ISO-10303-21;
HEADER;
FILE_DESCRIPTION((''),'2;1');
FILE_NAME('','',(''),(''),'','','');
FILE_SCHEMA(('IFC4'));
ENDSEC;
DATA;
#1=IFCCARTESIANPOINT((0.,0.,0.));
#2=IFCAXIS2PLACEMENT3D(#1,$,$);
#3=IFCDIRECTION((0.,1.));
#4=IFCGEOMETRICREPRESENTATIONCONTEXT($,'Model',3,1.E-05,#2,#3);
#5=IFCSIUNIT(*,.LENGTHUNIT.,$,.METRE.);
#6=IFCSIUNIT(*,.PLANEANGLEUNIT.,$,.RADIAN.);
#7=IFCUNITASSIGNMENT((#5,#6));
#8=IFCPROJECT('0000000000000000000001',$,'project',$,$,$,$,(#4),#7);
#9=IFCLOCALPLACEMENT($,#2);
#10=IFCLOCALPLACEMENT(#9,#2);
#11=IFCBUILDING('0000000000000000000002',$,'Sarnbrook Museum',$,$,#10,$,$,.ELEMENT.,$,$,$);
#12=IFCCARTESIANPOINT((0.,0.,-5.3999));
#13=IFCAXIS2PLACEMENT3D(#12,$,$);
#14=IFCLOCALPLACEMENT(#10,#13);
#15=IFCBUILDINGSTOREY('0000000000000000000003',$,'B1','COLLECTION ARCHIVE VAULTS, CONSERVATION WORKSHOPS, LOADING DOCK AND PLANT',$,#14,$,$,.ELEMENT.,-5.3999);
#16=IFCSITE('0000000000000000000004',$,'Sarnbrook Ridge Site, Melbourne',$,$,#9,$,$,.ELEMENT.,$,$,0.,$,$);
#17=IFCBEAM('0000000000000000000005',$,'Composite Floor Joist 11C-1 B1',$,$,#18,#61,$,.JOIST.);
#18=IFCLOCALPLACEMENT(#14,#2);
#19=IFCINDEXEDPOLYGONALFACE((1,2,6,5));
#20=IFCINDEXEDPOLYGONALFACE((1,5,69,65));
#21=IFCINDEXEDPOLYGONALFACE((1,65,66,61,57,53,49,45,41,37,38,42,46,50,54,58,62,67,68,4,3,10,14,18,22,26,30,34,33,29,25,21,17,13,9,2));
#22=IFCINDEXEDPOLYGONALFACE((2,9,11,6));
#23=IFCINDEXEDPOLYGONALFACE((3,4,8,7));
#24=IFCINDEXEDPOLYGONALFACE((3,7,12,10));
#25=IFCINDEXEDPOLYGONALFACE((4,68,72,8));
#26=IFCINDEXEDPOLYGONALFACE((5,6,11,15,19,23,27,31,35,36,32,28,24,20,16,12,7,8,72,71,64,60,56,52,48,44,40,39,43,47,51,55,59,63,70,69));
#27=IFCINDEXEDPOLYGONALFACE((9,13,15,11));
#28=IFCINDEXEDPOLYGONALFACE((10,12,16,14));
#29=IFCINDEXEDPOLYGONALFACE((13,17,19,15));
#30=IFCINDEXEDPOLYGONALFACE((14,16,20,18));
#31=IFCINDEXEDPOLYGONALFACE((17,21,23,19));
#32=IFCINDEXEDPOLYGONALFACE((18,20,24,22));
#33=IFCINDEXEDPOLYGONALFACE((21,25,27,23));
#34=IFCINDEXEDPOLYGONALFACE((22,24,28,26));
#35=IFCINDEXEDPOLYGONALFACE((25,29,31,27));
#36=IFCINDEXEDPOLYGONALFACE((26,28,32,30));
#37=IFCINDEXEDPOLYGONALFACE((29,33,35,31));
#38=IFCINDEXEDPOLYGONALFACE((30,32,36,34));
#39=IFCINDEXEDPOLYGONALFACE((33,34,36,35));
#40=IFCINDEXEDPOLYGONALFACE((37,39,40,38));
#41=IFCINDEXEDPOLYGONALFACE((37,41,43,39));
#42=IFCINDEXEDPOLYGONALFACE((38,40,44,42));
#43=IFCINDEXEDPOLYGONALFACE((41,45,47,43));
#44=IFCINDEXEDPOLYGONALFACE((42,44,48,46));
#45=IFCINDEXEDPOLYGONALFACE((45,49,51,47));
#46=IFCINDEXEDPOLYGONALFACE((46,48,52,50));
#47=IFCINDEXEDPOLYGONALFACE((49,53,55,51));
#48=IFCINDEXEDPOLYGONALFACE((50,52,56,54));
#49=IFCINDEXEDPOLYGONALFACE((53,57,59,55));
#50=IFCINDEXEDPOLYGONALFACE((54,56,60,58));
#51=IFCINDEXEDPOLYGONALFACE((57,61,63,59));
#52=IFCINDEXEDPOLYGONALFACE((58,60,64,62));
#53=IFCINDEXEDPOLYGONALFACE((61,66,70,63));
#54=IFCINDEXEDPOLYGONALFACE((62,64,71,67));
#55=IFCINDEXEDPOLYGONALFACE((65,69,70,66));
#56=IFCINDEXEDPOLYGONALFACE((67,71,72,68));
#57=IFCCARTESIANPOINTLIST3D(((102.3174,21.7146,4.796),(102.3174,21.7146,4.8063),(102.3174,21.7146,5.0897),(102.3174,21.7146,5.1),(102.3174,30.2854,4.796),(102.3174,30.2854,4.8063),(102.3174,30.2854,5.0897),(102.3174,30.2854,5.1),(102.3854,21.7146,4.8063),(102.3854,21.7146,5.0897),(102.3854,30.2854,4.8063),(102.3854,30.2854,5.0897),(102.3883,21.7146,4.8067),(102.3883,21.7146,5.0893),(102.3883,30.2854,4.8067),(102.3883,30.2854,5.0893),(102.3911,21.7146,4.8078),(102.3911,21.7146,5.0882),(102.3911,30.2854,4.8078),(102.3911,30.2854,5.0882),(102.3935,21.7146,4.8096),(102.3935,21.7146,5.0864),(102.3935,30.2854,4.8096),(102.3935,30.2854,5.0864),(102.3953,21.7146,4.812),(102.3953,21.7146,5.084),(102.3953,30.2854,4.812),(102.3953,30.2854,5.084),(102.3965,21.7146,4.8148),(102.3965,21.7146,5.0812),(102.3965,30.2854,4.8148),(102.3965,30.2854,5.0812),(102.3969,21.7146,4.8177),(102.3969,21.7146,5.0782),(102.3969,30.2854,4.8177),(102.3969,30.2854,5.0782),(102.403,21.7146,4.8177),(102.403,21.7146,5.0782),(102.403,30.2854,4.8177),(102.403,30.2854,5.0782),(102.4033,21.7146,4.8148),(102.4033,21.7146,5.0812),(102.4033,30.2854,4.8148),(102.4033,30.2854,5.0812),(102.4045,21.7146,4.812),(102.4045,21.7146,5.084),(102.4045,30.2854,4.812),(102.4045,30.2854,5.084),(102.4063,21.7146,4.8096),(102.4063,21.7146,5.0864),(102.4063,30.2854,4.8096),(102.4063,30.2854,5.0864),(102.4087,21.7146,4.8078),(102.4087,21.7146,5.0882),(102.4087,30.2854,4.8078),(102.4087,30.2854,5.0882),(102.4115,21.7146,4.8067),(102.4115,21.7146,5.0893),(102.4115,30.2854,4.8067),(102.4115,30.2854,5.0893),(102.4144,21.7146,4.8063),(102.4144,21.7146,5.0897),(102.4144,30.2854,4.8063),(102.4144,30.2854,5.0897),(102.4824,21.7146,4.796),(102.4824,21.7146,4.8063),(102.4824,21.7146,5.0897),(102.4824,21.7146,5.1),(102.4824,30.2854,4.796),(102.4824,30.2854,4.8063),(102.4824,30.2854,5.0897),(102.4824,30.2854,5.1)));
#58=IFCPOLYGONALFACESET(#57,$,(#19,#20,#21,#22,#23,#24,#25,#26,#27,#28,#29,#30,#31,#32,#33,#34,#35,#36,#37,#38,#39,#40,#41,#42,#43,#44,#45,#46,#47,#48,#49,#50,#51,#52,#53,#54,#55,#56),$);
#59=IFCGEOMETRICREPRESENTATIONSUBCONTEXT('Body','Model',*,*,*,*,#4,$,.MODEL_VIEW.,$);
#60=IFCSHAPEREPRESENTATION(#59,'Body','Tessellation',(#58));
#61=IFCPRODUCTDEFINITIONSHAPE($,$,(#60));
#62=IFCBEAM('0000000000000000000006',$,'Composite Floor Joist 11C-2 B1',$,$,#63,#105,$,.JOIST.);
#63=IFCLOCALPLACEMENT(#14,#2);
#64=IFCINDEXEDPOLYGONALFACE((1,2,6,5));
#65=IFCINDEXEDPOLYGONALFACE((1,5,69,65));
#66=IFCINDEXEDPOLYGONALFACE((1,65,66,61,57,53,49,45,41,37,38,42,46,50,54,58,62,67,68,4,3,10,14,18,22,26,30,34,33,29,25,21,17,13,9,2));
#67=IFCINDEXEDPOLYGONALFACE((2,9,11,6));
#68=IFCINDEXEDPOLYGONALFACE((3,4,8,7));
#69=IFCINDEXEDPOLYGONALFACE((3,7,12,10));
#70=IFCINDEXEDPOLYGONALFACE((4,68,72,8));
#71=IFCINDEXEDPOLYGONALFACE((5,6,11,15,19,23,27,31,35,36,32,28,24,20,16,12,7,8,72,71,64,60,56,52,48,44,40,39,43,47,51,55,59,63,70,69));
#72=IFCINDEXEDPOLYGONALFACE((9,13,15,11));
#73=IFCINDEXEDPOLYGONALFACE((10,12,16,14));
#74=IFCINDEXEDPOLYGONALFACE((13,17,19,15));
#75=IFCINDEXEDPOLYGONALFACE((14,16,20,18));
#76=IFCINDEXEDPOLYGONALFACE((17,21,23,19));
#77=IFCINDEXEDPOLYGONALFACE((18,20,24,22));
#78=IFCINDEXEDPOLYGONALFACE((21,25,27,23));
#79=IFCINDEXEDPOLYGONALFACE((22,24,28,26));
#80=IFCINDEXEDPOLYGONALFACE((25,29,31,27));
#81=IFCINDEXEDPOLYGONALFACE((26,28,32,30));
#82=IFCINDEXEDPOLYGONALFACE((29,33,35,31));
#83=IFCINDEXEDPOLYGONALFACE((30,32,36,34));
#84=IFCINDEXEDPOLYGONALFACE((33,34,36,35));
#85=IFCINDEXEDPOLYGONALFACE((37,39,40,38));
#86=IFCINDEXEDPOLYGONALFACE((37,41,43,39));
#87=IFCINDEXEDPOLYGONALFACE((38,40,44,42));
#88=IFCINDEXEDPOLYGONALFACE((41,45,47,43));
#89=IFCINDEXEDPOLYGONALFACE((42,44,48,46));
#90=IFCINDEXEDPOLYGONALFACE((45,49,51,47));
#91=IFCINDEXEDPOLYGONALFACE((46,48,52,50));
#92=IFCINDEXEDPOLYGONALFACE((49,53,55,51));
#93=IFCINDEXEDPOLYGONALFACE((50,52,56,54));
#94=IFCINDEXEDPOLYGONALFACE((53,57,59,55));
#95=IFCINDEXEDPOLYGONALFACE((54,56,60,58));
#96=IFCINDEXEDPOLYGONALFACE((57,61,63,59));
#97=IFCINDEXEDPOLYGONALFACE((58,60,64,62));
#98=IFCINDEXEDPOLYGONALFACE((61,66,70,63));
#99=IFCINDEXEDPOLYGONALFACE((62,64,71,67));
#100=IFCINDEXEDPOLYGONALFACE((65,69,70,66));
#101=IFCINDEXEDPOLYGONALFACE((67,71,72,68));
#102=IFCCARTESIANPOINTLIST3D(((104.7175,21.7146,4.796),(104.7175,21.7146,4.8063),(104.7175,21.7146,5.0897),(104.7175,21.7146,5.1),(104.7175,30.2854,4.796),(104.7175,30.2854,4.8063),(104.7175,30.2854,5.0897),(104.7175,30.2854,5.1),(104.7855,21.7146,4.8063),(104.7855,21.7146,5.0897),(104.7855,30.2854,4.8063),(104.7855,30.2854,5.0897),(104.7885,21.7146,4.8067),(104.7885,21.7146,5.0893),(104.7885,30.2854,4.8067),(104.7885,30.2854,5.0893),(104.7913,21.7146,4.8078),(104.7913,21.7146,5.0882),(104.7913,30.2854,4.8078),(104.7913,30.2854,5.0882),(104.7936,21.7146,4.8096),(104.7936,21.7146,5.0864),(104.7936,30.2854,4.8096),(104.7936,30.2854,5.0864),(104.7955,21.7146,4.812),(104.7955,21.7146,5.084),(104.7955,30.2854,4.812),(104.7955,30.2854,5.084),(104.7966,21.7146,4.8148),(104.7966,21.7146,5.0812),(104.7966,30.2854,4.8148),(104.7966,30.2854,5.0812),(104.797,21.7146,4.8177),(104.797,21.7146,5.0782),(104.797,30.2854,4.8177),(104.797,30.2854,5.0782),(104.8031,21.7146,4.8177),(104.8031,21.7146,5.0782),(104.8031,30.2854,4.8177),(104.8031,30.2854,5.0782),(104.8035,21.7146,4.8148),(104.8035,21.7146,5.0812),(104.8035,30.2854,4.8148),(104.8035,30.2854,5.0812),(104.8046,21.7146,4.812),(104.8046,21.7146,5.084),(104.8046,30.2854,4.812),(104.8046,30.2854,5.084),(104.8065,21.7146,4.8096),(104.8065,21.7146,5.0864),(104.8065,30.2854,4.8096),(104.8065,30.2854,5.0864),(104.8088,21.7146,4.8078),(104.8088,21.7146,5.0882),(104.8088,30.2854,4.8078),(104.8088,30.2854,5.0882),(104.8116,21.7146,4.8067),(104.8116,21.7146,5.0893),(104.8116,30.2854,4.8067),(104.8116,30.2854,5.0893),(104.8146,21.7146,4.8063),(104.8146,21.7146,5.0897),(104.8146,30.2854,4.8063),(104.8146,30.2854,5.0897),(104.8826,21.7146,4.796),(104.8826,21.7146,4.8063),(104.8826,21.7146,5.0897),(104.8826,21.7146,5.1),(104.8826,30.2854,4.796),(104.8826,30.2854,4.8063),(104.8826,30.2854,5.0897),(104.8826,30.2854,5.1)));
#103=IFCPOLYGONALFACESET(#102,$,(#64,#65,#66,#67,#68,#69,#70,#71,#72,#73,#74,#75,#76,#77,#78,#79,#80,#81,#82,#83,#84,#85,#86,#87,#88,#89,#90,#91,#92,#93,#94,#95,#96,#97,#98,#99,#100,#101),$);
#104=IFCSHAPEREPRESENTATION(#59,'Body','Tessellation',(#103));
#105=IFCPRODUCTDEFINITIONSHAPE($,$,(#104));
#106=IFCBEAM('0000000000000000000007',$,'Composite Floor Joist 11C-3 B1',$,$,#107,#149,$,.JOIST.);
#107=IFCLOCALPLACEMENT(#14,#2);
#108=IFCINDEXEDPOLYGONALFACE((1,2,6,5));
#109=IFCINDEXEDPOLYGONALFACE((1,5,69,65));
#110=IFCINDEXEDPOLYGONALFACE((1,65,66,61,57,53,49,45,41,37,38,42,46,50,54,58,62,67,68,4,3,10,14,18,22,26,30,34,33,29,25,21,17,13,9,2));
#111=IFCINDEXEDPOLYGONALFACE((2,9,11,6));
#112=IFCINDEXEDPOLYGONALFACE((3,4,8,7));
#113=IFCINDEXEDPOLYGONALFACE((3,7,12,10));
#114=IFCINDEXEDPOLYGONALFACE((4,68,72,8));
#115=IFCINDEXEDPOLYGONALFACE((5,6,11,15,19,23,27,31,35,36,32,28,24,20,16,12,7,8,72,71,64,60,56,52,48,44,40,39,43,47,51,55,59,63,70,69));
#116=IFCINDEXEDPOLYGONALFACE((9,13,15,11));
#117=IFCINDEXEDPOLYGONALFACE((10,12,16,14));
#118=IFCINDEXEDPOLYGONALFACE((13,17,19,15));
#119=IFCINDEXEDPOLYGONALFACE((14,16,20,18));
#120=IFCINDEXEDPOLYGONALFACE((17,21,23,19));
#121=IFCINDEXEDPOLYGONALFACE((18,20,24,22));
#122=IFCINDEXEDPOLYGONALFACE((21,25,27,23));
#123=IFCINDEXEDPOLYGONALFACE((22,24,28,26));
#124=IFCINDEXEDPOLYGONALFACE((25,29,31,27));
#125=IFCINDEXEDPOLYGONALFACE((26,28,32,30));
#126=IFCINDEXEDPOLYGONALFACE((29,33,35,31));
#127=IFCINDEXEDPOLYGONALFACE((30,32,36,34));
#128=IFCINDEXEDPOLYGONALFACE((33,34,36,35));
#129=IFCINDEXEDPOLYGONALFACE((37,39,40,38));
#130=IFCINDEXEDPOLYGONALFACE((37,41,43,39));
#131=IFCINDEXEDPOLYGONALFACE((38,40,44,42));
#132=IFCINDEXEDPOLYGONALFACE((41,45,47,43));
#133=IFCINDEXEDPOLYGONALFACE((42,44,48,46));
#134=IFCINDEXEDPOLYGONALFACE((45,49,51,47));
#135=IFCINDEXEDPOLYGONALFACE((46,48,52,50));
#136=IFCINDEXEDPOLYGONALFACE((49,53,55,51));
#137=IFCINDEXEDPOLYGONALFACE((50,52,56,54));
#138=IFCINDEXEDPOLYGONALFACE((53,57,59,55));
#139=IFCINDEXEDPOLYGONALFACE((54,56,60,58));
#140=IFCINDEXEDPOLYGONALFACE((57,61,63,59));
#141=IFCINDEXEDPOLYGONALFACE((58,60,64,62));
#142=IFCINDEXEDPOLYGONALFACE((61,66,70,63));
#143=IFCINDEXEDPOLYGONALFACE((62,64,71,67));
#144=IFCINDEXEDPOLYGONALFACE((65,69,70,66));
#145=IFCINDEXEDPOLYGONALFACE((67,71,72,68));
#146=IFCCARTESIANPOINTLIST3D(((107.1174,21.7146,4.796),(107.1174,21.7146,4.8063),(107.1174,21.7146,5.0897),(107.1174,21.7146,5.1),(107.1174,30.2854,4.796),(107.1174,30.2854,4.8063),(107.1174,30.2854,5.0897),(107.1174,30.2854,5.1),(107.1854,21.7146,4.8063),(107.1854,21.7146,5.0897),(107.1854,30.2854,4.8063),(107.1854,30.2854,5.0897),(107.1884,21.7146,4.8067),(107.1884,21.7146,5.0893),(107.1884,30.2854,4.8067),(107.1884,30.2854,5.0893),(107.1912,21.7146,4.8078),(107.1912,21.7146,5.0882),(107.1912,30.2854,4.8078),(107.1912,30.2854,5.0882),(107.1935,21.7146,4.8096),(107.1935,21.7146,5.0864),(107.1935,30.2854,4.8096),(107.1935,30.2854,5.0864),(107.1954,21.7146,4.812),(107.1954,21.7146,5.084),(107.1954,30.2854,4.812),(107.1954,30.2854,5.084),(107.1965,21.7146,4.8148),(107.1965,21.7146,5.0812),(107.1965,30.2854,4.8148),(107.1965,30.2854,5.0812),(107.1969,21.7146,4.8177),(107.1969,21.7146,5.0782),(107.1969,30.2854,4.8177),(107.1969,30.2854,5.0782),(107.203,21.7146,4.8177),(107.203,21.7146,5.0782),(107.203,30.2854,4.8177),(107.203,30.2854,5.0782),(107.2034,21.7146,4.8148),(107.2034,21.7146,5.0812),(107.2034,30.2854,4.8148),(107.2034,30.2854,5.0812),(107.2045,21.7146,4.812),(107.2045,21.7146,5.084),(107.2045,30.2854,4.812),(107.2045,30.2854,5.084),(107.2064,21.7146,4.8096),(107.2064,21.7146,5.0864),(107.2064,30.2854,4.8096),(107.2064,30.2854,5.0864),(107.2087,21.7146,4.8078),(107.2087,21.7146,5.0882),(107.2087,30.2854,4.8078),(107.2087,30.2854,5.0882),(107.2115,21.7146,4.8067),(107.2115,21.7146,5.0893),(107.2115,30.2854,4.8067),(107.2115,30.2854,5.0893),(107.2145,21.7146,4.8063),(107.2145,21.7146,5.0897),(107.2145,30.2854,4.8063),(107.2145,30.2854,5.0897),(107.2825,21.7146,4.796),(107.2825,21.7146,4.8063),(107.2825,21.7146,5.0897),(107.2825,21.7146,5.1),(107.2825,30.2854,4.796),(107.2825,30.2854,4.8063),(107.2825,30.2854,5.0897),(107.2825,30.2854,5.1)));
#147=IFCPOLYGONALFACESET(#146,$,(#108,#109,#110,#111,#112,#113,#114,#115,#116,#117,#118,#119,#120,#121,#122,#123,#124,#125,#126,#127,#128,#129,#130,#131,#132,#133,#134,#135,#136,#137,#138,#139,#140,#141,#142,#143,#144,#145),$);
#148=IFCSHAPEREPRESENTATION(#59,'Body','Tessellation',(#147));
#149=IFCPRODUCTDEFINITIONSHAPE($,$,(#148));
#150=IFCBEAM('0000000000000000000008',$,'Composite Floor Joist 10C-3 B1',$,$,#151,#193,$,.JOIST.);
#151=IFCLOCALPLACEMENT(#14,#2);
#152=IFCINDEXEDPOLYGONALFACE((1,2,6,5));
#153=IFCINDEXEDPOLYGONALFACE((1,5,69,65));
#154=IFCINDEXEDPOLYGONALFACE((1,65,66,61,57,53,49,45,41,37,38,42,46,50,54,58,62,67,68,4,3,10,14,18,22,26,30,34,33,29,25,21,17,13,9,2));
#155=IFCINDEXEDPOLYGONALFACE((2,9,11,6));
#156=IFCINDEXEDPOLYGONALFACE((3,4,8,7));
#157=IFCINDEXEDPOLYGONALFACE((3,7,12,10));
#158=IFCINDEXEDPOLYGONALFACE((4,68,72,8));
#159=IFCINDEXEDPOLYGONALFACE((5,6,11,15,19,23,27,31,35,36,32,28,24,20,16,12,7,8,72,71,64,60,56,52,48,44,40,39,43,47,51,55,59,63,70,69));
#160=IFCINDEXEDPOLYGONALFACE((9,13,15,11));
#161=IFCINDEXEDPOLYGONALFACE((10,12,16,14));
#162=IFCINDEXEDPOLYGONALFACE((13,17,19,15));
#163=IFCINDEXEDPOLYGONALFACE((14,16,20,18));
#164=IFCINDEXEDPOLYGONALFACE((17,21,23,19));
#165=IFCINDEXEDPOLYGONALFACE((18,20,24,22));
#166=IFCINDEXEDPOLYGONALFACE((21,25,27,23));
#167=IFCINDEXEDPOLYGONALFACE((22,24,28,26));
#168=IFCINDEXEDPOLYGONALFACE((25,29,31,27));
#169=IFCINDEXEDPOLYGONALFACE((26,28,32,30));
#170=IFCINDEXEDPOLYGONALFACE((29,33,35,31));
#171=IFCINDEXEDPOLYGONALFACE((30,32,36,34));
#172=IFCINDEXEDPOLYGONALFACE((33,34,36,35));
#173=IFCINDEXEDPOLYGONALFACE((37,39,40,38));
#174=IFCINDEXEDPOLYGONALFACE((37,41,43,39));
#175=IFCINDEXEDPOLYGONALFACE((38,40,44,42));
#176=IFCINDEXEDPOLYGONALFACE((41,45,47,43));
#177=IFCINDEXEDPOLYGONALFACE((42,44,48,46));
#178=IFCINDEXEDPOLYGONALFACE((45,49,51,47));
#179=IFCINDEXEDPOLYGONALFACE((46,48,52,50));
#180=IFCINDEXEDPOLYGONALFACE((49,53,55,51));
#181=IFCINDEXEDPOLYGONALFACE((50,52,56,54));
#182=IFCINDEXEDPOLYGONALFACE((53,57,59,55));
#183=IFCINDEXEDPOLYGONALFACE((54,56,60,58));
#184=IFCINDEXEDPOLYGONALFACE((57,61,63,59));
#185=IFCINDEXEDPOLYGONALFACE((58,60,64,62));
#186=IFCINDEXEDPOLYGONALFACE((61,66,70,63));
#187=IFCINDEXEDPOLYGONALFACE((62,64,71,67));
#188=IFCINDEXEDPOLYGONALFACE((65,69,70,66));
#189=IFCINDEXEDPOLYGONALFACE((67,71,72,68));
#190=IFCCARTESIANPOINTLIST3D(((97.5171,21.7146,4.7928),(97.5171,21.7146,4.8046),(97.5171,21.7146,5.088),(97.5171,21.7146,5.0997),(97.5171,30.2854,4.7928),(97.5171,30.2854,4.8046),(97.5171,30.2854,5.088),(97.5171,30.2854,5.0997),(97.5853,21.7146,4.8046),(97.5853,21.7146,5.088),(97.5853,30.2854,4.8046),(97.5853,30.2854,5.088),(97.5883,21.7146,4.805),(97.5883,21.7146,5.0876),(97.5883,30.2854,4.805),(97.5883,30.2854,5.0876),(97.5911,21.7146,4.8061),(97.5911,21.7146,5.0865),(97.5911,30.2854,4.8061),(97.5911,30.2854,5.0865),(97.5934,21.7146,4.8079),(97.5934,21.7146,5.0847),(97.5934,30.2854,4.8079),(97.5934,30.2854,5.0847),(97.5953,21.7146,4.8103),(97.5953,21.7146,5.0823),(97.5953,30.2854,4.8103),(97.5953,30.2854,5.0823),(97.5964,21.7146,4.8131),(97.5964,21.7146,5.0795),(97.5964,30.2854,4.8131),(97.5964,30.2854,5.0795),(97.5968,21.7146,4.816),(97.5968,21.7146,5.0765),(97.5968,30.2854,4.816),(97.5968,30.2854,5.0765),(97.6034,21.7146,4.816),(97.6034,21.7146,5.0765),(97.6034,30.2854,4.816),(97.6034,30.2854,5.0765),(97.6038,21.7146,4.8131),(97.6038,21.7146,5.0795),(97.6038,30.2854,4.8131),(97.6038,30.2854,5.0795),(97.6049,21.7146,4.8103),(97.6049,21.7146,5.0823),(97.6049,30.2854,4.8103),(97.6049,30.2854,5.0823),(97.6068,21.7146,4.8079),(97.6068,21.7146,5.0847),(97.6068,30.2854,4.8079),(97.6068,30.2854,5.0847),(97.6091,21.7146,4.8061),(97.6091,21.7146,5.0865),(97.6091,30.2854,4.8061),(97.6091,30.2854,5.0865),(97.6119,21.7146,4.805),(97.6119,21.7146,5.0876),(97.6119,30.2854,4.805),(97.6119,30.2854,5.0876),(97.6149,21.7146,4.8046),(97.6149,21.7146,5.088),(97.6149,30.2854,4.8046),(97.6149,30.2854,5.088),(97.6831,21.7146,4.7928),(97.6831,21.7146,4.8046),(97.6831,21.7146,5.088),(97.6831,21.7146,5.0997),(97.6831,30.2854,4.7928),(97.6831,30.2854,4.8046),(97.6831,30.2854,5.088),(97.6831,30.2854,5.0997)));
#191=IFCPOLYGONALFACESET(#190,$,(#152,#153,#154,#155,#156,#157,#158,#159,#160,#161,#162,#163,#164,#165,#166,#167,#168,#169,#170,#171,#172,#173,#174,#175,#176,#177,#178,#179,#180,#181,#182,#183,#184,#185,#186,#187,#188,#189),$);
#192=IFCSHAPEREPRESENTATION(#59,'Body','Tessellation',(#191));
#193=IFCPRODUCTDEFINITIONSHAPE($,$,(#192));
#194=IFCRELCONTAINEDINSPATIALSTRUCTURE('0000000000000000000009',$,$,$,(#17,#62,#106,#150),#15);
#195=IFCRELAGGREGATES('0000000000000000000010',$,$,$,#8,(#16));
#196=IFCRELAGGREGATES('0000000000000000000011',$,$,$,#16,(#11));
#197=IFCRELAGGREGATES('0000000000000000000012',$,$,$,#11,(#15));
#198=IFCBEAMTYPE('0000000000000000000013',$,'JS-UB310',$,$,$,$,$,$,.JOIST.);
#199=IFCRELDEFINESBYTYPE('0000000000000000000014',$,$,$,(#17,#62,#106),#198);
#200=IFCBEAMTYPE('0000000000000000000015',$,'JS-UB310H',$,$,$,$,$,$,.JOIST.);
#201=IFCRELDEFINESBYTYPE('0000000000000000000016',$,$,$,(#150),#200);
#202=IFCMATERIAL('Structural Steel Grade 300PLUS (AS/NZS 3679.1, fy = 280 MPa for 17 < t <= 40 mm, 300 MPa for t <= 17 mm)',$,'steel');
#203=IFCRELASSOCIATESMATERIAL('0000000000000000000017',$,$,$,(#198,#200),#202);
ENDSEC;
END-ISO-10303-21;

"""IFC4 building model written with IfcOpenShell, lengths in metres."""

from ifc_helpers import new_model, si_unit, direction, frame, origin, origin_2d, place, context, subcontext, project, spatial, i_section, extrude, material, material_profile, profile_set, type_object, element, save


model = new_model("IFC4")

# Units and contexts
model_context = context("Model", 3, precision=1e-05, world=origin(), true_north=direction((0.0, 1.0)))
body_context = subcontext(model_context, "Body", "Model", "MODEL_VIEW")
ifc_project = project(units=[si_unit("LENGTHUNIT", "METRE"), si_unit("PLANEANGLEUNIT", "RADIAN")], contexts=[model_context])

# Site, building, storey
site_placement = place(None, origin())
site = spatial("IfcSite", under=ifc_project, at=site_placement, Name="Sarnbrook Ridge Site, Melbourne", CompositionType="ELEMENT", RefElevation=0.0)
building_placement = place(site_placement, origin())
building = spatial("IfcBuilding", under=site, at=building_placement, Name="Sarnbrook Museum", CompositionType="ELEMENT")
storey_placement = place(building_placement, frame((0.0, 0.0, -5.3999)))
storey = spatial("IfcBuildingStorey", under=building, at=storey_placement, Name="B1", Description="COLLECTION ARCHIVE VAULTS, CONSERVATION WORKSHOPS, LOADING DOCK AND PLANT", CompositionType="ELEMENT", Elevation=-5.3999)

# Beams
ifc_material_1 = material(Name="Structural Steel Grade 300PLUS (AS/NZS 3679.1, fy = 280 MPa for 17 < t <= 40 mm, 300 MPa for t <= 17 mm)", Category="steel")
ifc_material_profile_1 = material_profile(ifc_material_1, i_section(OverallWidth=0.165, OverallDepth=0.304, WebThickness=0.0061, FlangeThickness=0.0103, FilletRadius=0.0115, at=origin_2d()), Name="310UB40.4")
ifc_profile_set_1 = profile_set([ifc_material_profile_1], Name="Structural Steel Grade 300PLUS (AS/NZS 3679.1, fy = 280 MPa for 17 < t <= 40 mm, 300 MPa for t <= 17 mm)")
beam_type_1 = type_object("IfcBeamType", Name="JS-UB310", PredefinedType="JOIST", material=ifc_profile_set_1)
for number, where, z_axis, x_axis, name in (
    (1, (102.3999, 21.7146, 4.948), (0.0, 1.0, 0.0), (-1.0, 0.0, 0.0), "Composite Floor Joist 11C-1 B1"),
    (2, (104.8, 21.7146, 4.948), (0.0, 1.0, 0.0), (-1.0, 0.0, 0.0), "Composite Floor Joist 11C-2 B1"),
    (3, (107.2, 21.7146, 4.948), (0.0, 1.0, 0.0), (-1.0, 0.0, 0.0), "Composite Floor Joist 11C-3 B1"),
):
    element("IfcBeam", number, at=place(storey_placement, frame(where, z_axis=z_axis, x_axis=x_axis)), inside=storey, type_object=beam_type_1, Name=name, PredefinedType="JOIST", context=body_context, shape_type="SweptSolid", body=[
        extrude(i_section(OverallWidth=0.165, OverallDepth=0.304, WebThickness=0.0061, FlangeThickness=0.0103, FilletRadius=0.0115, at=origin_2d()), origin(), (0.0, 0.0, 1.0), 8.5708),
    ])
ifc_material_profile_2 = material_profile(ifc_material_1, i_section(OverallWidth=0.166, OverallDepth=0.3069, WebThickness=0.0066, FlangeThickness=0.0117, FilletRadius=0.0115, at=origin_2d()), Name="310UB46.2")
ifc_profile_set_2 = profile_set([ifc_material_profile_2], Name="Structural Steel Grade 300PLUS (AS/NZS 3679.1, fy = 280 MPa for 17 < t <= 40 mm, 300 MPa for t <= 17 mm)")
beam_type_2 = type_object("IfcBeamType", Name="JS-UB310H", PredefinedType="JOIST", material=ifc_profile_set_2)
beam_1_placement = place(storey_placement, frame((97.6001, 21.7146, 4.9463), z_axis=(0.0, 1.0, 0.0), x_axis=(-1.0, 0.0, 0.0)))
element("IfcBeam", 4, at=beam_1_placement, inside=storey, type_object=beam_type_2, Name="Composite Floor Joist 10C-3 B1", PredefinedType="JOIST", context=body_context, shape_type="SweptSolid", body=[
    extrude(i_section(OverallWidth=0.166, OverallDepth=0.3069, WebThickness=0.0066, FlangeThickness=0.0117, FilletRadius=0.0115, at=origin_2d()), origin(), (0.0, 0.0, 1.0), 8.5708),
])

save(model, "model.ifc")
